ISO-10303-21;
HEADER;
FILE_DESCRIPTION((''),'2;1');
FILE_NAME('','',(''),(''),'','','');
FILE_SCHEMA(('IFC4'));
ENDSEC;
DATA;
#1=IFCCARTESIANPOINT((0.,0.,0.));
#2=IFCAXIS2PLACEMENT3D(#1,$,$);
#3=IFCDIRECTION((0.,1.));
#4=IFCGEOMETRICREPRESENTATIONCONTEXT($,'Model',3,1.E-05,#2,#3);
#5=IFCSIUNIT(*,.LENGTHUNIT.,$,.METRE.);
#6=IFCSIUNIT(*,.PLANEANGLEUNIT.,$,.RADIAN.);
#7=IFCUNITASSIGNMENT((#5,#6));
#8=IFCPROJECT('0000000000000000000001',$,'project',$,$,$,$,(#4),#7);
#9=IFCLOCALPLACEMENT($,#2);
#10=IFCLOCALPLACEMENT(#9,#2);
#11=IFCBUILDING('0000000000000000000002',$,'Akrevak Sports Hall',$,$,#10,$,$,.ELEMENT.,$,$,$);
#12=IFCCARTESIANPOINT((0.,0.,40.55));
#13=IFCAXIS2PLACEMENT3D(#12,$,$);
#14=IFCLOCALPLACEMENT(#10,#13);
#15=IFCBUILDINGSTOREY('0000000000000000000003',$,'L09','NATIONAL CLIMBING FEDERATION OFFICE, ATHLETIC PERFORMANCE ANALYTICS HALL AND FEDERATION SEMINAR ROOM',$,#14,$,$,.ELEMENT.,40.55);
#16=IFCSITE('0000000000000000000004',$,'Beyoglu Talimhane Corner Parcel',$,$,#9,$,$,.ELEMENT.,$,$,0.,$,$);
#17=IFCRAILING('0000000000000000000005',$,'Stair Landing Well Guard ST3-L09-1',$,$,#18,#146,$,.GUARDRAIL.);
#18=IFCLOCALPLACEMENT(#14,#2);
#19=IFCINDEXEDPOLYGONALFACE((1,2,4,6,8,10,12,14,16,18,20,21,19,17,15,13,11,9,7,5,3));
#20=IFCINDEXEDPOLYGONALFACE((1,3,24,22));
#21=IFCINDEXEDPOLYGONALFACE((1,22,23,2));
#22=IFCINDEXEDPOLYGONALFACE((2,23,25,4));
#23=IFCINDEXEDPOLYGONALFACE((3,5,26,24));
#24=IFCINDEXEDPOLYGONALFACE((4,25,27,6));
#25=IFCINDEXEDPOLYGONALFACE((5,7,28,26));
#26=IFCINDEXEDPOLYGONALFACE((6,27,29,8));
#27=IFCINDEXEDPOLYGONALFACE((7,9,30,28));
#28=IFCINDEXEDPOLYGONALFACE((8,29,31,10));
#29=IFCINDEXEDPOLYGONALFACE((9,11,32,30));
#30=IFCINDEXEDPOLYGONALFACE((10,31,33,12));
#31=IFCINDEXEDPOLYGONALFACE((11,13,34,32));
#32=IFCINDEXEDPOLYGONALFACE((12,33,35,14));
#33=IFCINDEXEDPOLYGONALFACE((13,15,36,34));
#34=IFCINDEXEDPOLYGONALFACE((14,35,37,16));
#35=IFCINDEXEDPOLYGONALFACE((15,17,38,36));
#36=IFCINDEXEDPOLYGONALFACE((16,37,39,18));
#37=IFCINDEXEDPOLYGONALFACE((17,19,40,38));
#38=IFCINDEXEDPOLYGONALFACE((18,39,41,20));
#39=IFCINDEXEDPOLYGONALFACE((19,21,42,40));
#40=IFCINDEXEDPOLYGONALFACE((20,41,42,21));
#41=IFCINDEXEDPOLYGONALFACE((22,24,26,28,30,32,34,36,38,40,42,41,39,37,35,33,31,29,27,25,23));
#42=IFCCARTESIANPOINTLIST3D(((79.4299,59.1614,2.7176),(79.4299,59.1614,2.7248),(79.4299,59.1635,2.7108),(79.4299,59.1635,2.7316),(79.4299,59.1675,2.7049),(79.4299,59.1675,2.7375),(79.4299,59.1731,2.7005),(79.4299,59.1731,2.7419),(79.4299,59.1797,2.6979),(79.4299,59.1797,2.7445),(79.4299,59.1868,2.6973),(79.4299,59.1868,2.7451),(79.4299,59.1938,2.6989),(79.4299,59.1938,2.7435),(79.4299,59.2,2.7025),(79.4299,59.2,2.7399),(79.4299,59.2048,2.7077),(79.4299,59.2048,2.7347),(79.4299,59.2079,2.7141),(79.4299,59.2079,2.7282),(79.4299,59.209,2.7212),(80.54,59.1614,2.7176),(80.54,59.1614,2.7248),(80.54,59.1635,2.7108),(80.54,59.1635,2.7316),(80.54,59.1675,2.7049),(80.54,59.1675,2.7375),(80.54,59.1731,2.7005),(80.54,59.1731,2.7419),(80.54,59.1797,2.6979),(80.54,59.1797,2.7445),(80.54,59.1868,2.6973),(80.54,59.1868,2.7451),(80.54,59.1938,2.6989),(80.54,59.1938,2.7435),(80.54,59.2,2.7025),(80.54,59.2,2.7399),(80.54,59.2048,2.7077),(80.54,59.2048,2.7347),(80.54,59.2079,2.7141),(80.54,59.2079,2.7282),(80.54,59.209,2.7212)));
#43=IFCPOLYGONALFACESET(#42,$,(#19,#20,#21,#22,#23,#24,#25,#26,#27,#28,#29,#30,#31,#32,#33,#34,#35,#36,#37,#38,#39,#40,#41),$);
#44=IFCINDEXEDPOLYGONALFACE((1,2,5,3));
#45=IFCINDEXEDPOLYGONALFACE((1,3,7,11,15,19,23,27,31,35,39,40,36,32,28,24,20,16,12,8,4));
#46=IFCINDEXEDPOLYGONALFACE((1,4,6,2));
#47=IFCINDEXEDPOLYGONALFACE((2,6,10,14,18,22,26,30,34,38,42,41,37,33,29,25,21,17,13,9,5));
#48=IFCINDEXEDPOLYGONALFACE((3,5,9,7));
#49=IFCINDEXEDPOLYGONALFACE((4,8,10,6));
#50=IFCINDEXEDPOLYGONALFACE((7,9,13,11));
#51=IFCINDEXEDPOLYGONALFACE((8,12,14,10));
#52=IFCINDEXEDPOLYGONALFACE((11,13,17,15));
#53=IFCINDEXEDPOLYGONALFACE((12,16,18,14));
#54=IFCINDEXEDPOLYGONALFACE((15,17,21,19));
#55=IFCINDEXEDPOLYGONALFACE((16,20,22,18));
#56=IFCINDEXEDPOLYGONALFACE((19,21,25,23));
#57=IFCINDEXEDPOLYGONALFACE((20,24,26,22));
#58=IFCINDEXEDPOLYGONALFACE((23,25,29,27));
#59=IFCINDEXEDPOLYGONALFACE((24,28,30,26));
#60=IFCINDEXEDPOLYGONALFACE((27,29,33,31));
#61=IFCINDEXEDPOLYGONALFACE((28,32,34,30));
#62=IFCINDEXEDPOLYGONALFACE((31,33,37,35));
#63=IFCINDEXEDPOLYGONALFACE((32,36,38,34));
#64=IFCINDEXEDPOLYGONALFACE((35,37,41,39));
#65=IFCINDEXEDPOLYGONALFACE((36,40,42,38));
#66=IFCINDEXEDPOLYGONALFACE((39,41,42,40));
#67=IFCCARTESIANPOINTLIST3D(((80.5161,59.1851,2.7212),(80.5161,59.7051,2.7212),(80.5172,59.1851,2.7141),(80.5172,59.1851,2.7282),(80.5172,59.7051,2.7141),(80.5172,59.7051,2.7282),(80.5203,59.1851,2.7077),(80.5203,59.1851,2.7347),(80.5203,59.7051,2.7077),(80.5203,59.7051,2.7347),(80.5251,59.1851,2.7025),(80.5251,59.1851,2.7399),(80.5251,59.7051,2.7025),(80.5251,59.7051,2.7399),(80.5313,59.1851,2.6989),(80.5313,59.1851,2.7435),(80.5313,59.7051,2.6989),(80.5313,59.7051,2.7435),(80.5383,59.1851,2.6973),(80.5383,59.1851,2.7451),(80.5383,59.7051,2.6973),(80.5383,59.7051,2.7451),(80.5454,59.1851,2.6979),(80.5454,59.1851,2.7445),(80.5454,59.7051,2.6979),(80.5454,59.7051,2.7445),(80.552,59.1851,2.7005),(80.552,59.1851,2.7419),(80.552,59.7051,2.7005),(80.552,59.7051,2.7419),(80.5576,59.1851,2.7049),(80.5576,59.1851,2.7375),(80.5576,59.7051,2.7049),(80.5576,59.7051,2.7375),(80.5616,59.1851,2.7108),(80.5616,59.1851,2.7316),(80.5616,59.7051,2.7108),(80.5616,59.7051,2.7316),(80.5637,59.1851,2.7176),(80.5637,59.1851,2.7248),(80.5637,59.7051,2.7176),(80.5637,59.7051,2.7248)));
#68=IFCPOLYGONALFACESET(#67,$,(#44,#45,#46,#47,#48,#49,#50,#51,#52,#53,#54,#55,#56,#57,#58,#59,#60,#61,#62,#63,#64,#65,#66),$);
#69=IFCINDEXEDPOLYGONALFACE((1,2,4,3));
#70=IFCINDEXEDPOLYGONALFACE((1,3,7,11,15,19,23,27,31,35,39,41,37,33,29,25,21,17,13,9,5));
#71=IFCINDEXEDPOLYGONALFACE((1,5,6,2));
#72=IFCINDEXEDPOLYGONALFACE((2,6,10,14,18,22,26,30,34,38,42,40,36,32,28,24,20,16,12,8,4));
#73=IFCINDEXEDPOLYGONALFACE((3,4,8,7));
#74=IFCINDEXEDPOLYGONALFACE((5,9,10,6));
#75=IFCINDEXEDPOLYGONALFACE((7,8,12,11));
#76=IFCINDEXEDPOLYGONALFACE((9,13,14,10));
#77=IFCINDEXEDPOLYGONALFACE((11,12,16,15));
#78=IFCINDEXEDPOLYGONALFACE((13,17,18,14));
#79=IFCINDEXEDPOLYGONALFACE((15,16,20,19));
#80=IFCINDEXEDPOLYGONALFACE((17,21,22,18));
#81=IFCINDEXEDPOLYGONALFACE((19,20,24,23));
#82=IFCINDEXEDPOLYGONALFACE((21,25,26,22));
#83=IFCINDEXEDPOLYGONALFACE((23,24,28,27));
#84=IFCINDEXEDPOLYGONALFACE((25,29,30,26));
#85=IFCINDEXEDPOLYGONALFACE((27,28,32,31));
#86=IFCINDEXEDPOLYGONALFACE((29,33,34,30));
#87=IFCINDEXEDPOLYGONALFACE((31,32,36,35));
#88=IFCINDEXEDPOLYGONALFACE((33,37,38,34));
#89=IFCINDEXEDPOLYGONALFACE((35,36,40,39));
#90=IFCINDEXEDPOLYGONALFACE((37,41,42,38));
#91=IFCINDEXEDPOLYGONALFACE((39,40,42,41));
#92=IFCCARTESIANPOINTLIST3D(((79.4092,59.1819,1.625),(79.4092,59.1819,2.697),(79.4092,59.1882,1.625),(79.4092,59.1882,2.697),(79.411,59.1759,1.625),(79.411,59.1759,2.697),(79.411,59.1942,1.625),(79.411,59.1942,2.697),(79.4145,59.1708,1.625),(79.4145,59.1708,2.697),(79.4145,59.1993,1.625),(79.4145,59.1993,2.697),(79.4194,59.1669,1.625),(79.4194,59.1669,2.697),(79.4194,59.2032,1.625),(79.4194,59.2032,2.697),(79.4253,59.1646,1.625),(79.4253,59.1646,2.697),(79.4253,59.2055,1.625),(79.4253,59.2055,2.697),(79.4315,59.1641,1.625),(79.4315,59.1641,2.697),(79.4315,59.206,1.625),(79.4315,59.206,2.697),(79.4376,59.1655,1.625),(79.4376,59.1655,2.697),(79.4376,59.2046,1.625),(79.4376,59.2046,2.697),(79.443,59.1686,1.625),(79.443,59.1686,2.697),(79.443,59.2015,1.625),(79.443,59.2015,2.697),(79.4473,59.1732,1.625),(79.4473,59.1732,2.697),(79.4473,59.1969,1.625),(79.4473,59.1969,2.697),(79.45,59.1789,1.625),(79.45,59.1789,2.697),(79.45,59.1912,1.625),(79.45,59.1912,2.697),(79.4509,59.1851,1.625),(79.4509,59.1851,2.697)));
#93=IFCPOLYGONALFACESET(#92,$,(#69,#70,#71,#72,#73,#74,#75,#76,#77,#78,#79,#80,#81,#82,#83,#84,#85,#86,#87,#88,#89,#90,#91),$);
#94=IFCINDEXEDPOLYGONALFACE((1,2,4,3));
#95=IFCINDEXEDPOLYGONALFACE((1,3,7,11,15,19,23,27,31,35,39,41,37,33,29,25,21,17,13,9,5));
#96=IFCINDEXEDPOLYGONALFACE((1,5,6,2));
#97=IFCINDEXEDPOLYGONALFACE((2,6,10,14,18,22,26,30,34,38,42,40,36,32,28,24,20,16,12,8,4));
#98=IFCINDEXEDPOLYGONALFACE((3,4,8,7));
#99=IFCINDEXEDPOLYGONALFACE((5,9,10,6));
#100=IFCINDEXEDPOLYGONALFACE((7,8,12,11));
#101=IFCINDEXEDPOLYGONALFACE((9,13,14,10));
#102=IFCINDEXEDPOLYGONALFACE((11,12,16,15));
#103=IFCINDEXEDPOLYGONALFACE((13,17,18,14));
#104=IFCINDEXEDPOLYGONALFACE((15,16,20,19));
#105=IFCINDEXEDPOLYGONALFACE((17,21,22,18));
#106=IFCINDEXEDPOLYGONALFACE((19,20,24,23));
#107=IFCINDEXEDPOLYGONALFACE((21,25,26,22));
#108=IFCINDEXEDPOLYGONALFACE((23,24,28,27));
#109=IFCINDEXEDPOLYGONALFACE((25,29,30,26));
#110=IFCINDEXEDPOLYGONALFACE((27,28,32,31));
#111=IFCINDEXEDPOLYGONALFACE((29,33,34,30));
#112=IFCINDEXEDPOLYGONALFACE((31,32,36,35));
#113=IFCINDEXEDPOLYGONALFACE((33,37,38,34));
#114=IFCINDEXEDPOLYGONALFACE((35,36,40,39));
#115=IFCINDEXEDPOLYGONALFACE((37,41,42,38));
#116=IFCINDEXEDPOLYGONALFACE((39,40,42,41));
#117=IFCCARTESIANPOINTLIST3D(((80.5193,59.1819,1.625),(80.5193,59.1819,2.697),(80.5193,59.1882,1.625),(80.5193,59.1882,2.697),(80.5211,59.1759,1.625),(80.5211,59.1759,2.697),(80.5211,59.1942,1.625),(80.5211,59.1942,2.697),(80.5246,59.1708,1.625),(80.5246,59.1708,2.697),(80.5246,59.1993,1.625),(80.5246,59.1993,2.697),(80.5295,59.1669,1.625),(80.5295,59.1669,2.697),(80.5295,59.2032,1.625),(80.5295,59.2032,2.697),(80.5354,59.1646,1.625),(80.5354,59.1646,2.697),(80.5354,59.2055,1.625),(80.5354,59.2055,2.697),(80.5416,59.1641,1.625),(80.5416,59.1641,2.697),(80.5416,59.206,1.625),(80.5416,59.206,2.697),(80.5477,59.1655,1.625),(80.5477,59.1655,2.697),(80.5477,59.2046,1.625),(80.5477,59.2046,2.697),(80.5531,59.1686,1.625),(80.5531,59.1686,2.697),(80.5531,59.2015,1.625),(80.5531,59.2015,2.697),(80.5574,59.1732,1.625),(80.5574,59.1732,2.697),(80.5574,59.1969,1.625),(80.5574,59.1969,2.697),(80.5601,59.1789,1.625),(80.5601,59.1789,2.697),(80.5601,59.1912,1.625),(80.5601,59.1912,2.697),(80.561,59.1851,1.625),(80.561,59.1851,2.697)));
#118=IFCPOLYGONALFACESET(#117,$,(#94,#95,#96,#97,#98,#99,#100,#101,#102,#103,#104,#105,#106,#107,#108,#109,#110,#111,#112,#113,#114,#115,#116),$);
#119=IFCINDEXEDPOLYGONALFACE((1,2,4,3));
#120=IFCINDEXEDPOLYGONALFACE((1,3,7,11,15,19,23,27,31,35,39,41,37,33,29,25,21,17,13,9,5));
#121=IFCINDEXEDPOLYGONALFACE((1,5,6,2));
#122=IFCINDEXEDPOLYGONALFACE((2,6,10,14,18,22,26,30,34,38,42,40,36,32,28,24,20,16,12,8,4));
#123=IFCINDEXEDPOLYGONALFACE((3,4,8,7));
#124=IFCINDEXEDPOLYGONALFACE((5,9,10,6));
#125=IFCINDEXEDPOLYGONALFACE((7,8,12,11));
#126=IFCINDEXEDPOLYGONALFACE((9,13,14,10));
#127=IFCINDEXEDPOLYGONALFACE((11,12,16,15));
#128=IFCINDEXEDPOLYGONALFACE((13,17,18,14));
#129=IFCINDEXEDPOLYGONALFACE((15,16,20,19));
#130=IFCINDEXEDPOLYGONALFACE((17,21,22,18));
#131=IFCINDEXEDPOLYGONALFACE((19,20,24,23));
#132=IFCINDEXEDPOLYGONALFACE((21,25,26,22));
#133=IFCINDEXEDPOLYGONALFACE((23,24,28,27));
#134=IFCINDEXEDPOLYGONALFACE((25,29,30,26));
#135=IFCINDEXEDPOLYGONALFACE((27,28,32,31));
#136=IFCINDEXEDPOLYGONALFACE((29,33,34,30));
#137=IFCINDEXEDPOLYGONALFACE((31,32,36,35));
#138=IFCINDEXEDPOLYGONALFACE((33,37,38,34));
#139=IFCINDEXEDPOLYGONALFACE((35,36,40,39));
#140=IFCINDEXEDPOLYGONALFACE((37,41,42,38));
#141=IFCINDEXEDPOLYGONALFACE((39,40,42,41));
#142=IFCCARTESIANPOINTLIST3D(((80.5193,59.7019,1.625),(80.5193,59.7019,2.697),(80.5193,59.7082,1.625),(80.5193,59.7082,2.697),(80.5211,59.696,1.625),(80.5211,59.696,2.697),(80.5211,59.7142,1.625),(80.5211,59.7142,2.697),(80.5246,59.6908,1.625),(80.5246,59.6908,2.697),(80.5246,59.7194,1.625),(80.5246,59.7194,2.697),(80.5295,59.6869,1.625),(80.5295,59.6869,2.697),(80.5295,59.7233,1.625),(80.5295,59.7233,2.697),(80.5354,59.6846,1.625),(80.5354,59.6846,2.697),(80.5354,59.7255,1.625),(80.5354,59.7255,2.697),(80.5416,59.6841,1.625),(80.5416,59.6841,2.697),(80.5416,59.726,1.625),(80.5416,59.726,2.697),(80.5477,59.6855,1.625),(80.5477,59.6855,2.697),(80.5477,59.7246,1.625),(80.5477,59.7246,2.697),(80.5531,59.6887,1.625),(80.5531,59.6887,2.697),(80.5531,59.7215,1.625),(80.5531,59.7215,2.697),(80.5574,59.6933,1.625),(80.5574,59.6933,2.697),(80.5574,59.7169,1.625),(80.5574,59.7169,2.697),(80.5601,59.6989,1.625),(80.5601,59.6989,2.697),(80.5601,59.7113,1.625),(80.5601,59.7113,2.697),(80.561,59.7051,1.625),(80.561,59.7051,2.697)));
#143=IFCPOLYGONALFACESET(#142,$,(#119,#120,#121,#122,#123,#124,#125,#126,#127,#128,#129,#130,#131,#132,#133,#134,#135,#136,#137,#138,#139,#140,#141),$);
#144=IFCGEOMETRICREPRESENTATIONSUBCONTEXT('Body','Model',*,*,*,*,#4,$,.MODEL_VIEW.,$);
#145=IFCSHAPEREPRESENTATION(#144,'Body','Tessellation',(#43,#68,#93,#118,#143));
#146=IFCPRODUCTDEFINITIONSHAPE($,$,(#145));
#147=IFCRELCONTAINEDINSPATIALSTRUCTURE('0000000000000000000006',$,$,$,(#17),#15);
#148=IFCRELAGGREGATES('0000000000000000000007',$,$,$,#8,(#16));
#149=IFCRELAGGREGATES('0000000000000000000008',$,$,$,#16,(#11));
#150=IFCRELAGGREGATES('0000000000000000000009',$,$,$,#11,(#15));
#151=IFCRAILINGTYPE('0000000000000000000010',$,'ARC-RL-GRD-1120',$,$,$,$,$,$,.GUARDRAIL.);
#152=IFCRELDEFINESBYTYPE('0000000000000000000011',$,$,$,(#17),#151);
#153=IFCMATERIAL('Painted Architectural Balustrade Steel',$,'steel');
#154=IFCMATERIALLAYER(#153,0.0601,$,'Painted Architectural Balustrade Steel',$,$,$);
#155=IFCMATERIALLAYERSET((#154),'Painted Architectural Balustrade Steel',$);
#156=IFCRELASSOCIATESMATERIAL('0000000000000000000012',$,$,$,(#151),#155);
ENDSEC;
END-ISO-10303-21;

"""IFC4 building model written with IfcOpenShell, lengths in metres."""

from ifc_helpers import new_model, si_unit, direction, frame, origin, origin_2d, place, context, subcontext, project, spatial, circle, extrude, material, layer, layer_set, type_object, element, save


model = new_model("IFC4")

# Units and contexts
model_context = context("Model", 3, precision=1e-05, world=origin(), true_north=direction((0.0, 1.0)))
body_context = subcontext(model_context, "Body", "Model", "MODEL_VIEW")
ifc_project = project(units=[si_unit("LENGTHUNIT", "METRE"), si_unit("PLANEANGLEUNIT", "RADIAN")], contexts=[model_context])

# Site, building, storey
site_placement = place(None, origin())
site = spatial("IfcSite", under=ifc_project, at=site_placement, Name="Beyoglu Talimhane Corner Parcel", CompositionType="ELEMENT", RefElevation=0.0)
building_placement = place(site_placement, origin())
building = spatial("IfcBuilding", under=site, at=building_placement, Name="Akrevak Sports Hall", CompositionType="ELEMENT")
storey_placement = place(building_placement, frame((0.0, 0.0, 40.55)))
storey = spatial("IfcBuildingStorey", under=building, at=storey_placement, Name="L09", Description="NATIONAL CLIMBING FEDERATION OFFICE, ATHLETIC PERFORMANCE ANALYTICS HALL AND FEDERATION SEMINAR ROOM", CompositionType="ELEMENT", Elevation=40.55)

# Railing
ifc_material_1 = material(Name="Painted Architectural Balustrade Steel", Category="steel")
ifc_layer_1 = layer(ifc_material_1, 0.0601, Name="Painted Architectural Balustrade Steel")
ifc_layer_set_1 = layer_set([ifc_layer_1], Name="Painted Architectural Balustrade Steel")
railing_type_1 = type_object("IfcRailingType", Name="ARC-RL-GRD-1120", PredefinedType="GUARDRAIL", material=ifc_layer_set_1)
railing_1_placement = place(storey_placement, frame((79.4299, 59.1851, 1.625)))
element("IfcRailing", 1, at=railing_1_placement, inside=storey, type_object=railing_type_1, Name="Stair Landing Well Guard ST3-L09-1", PredefinedType="GUARDRAIL", context=body_context, shape_type="SweptSolid", body=[
    extrude(circle(Radius=0.0239, at=origin_2d()), frame((0.0, 0.0, 1.0962), z_axis=(1.0, 0.0, 0.0), x_axis=(0.0, 1.0, 0.0)), (0.0, 0.0, 1.0), 1.1101),
    extrude(circle(Radius=0.0239, at=origin_2d()), frame((1.1101, 0.0, 1.0962), z_axis=(0.0, 1.0, 0.0), x_axis=(-1.0, 0.0, 0.0)), (0.0, 0.0, 1.0), 0.52),
    extrude(circle(Radius=0.021, at=origin_2d()), origin(), (0.0, 0.0, 1.0), 1.072),
    extrude(circle(Radius=0.021, at=origin_2d()), frame((1.1101, 0.0, 0.0)), (0.0, 0.0, 1.0), 1.072),
    extrude(circle(Radius=0.021, at=origin_2d()), frame((1.1101, 0.52, 0.0)), (0.0, 0.0, 1.0), 1.072),
])

save(model, "model.ifc")
